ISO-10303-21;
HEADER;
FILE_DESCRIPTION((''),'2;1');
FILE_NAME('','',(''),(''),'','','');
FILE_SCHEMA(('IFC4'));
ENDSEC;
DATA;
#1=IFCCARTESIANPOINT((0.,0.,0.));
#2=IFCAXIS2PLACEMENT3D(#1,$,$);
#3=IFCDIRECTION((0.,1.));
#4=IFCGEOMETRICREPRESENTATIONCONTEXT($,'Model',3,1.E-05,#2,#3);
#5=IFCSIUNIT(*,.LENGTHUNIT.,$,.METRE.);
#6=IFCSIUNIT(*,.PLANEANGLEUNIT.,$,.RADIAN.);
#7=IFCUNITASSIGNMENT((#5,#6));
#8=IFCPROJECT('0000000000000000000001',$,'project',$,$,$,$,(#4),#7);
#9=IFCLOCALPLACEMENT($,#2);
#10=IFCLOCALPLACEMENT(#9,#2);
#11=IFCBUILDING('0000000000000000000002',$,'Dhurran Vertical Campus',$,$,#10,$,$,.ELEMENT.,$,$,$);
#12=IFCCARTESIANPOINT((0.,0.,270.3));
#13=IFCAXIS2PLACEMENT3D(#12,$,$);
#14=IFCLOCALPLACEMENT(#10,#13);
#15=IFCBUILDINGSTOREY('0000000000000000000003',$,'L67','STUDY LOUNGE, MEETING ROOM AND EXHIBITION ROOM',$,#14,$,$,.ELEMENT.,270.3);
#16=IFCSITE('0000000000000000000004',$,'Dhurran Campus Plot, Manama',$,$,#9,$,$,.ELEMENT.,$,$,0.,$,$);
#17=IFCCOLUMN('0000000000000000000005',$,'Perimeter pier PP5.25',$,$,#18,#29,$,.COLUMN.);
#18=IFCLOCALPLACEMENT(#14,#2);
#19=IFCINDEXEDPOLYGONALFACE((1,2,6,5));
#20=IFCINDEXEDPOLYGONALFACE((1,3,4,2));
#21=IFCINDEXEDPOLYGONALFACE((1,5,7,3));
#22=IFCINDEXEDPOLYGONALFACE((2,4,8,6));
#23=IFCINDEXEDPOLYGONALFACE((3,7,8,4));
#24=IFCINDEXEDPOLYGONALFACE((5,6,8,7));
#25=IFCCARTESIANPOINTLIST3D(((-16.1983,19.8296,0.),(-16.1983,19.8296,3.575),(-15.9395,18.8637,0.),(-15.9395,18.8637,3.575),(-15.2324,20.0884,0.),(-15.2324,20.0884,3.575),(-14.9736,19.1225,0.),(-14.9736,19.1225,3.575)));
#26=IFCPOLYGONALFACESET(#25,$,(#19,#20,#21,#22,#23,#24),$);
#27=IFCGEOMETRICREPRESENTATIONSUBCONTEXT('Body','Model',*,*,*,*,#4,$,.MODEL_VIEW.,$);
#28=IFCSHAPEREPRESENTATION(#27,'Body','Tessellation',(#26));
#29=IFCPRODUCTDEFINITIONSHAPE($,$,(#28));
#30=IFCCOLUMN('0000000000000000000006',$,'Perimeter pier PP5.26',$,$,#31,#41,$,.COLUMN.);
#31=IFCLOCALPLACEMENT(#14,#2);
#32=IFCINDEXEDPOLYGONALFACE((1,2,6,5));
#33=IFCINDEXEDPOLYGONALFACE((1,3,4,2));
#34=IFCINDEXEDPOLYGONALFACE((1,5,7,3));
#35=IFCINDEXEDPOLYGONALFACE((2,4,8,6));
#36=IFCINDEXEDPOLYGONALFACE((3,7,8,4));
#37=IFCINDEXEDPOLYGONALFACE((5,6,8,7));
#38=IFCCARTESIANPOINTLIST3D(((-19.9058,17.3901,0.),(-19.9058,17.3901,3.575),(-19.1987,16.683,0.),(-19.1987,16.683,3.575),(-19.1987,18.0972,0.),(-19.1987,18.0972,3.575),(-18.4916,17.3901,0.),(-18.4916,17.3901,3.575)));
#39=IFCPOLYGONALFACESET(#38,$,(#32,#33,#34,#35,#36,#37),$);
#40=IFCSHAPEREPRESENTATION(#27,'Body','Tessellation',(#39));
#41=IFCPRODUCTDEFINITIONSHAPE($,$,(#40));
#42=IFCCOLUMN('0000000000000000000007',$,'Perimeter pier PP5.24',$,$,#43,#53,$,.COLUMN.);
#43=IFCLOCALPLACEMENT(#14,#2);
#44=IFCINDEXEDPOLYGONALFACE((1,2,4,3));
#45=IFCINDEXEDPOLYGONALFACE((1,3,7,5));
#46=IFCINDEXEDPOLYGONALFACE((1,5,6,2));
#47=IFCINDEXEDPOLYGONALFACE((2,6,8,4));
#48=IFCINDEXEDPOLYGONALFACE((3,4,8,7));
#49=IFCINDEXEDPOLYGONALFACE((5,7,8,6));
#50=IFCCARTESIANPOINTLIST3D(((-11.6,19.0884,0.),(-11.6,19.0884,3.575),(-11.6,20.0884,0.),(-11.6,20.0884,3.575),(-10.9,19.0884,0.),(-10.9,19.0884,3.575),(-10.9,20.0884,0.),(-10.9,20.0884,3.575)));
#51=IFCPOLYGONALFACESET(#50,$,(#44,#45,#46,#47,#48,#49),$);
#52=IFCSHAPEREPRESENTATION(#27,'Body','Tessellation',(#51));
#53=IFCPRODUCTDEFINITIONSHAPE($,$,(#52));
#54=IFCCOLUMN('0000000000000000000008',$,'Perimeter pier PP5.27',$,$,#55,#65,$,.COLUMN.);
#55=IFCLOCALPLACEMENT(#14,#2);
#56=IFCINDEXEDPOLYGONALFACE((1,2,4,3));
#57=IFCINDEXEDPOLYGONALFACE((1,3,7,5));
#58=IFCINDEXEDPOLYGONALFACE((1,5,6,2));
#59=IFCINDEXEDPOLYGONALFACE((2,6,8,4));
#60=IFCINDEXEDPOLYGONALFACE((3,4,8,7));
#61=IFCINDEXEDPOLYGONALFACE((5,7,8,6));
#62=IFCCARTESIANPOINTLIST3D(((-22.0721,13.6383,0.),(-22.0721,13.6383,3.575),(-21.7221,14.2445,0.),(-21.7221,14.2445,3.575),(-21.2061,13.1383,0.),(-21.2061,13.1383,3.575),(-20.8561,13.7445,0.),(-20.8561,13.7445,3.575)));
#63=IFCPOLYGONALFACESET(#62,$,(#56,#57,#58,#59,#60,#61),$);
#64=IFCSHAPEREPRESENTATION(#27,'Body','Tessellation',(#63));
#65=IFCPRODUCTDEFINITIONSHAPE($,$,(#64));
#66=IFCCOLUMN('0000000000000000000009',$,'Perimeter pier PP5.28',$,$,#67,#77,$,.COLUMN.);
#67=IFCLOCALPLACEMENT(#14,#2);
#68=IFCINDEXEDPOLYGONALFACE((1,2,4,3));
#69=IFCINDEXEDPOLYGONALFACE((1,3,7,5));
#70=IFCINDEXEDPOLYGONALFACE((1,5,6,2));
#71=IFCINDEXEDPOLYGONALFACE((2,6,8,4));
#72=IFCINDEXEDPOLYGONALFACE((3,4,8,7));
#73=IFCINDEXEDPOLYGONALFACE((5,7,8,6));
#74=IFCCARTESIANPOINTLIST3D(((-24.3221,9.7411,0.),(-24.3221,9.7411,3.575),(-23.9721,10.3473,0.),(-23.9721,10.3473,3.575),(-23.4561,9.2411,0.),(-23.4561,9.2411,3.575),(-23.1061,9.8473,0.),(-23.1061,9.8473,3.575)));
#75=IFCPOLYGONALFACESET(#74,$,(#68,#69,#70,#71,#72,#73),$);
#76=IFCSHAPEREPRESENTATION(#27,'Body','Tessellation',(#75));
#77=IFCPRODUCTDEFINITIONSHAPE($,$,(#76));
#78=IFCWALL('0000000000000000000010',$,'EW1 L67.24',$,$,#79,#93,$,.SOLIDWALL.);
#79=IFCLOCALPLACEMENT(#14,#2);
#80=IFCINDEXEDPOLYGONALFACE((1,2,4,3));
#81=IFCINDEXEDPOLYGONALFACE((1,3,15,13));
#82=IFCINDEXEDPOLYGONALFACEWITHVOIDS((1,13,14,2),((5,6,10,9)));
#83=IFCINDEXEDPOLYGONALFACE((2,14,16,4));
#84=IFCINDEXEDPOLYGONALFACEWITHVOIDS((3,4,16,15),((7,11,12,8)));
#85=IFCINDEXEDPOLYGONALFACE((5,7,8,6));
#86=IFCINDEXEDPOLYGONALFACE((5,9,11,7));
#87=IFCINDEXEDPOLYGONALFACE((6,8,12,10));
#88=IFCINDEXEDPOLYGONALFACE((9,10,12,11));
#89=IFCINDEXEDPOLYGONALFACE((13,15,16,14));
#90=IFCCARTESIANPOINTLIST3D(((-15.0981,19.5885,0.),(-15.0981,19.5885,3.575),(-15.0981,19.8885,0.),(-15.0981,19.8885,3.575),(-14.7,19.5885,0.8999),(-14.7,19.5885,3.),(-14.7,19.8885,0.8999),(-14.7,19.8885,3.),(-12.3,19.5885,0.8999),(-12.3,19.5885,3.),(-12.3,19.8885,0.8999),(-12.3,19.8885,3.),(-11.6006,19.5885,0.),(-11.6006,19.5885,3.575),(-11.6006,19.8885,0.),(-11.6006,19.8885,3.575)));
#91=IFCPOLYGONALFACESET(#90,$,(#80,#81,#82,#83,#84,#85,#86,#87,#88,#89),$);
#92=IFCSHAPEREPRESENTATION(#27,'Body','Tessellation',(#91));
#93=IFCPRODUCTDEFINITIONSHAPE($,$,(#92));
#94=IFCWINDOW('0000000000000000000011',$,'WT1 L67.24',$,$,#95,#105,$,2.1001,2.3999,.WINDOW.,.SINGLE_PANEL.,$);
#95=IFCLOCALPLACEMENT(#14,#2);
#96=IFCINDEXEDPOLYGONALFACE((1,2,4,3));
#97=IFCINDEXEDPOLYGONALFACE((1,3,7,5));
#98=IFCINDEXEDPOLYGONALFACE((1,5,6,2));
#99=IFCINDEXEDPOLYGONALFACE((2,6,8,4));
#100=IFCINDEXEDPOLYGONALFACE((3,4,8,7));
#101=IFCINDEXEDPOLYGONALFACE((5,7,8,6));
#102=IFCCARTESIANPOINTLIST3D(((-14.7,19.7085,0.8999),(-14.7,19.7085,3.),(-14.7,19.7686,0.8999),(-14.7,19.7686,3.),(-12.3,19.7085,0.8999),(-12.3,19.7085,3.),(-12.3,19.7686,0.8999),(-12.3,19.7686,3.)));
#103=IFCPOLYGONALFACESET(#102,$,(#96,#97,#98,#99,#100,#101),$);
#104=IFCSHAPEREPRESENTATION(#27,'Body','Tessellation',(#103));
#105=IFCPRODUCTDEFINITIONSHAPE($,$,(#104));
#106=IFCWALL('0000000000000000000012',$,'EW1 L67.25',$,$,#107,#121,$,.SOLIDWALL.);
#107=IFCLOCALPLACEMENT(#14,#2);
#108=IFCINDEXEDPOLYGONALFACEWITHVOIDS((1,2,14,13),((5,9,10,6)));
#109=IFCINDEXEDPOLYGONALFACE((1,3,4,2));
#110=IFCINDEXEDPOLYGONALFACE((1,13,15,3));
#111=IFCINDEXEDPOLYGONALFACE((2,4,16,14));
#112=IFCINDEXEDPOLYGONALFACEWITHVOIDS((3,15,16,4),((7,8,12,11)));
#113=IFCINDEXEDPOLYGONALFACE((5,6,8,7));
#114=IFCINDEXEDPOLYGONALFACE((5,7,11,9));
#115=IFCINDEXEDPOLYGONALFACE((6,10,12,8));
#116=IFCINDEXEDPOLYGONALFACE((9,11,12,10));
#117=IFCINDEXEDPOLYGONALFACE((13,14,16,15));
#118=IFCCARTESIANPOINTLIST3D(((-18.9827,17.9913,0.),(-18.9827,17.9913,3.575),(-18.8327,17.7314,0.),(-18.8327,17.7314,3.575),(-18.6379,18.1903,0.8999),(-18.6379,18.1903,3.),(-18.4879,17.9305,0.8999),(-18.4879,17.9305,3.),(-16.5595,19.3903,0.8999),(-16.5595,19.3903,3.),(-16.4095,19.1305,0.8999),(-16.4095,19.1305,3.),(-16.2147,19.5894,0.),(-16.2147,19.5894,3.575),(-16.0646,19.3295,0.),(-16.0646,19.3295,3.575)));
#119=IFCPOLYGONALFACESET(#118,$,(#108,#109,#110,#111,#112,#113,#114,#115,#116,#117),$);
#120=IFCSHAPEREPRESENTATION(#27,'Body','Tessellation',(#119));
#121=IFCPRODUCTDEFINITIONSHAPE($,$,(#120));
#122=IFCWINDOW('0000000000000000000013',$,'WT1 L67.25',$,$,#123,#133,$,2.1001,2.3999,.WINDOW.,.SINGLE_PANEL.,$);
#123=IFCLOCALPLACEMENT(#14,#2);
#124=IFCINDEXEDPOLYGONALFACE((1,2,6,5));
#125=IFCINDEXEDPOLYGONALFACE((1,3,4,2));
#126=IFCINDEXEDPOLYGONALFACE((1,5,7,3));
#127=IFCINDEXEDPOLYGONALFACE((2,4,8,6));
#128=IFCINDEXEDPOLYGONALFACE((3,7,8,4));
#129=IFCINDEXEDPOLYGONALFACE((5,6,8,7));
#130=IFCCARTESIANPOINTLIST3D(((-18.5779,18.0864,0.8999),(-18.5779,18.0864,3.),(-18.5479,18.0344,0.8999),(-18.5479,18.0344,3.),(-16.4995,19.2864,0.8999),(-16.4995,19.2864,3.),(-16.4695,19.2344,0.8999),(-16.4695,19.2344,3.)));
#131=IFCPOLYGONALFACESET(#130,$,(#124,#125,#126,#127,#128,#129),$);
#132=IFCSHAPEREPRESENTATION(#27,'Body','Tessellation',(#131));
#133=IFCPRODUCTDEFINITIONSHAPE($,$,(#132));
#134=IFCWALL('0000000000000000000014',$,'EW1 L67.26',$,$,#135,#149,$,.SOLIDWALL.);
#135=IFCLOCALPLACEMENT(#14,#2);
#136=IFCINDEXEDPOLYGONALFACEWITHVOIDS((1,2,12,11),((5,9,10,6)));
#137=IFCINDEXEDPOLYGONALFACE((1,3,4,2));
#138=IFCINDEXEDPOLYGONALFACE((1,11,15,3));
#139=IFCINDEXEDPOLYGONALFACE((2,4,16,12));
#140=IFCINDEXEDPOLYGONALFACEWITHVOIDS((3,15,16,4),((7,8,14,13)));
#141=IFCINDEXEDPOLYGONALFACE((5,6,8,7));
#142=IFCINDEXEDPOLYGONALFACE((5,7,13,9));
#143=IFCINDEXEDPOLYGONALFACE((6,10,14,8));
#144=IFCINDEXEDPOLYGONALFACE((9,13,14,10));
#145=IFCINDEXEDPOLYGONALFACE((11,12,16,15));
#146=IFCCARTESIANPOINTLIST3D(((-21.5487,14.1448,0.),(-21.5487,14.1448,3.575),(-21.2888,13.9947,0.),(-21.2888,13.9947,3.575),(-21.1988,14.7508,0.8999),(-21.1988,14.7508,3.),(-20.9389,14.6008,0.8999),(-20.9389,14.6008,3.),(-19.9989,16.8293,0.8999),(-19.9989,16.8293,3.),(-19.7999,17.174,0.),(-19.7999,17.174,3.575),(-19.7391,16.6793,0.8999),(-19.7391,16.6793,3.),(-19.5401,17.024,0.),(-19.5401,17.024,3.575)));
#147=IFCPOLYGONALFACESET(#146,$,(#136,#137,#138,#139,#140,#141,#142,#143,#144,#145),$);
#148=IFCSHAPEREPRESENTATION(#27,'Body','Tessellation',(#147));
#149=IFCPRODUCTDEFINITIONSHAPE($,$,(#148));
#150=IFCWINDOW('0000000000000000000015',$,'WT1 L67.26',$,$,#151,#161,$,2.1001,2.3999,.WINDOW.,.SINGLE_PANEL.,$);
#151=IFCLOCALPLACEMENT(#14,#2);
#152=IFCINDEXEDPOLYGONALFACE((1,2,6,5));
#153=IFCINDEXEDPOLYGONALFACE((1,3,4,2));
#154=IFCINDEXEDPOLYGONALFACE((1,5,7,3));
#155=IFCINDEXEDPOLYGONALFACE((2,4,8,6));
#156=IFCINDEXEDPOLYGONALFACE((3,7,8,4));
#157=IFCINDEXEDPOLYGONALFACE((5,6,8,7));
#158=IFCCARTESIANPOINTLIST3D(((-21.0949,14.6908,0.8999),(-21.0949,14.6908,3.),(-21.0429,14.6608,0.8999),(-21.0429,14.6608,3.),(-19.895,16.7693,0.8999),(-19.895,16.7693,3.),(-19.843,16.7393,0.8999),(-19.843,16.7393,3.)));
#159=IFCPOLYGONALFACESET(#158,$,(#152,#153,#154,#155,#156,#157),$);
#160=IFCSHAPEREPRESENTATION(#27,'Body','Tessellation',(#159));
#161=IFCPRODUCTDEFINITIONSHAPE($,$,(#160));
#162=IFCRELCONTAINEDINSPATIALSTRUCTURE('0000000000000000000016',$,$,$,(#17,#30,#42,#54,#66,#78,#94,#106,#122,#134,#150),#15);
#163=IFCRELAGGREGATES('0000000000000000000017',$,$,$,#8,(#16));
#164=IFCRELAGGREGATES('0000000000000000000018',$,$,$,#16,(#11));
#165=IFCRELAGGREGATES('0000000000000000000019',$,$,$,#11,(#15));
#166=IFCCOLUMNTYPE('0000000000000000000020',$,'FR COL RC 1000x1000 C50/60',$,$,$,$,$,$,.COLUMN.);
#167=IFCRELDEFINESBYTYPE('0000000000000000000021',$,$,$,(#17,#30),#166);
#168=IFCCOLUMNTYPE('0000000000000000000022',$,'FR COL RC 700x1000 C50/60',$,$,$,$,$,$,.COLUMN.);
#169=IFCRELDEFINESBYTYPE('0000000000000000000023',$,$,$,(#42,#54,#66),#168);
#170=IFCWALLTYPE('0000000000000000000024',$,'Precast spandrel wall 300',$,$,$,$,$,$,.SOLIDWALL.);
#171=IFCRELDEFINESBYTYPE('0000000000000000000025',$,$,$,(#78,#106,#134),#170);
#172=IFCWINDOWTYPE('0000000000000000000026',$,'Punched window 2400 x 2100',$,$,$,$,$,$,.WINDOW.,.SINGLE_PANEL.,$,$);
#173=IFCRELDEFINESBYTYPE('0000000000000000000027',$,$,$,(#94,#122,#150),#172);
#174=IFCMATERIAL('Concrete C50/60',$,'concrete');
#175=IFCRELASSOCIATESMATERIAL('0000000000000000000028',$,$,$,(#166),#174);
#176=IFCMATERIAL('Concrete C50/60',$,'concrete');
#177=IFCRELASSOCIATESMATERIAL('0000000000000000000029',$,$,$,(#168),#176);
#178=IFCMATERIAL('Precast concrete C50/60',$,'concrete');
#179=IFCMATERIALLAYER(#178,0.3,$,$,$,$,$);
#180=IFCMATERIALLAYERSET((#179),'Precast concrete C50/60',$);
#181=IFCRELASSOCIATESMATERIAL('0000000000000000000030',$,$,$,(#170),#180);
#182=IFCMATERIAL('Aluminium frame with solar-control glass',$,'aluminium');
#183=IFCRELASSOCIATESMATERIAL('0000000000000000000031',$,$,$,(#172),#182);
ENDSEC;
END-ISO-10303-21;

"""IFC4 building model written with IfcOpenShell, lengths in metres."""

from ifc_helpers import new_model, si_unit, direction, frame, frame_2d, origin, origin_2d, place, context, subcontext, project, spatial, rectangle, extrude, material, layer, layer_set, material_profile, profile_set, type_object, element, fill, save


model = new_model("IFC4")

# Units and contexts
model_context = context("Model", 3, precision=1e-05, world=origin(), true_north=direction((0.0, 1.0)))
body_context = subcontext(model_context, "Body", "Model", "MODEL_VIEW")
ifc_project = project(units=[si_unit("LENGTHUNIT", "METRE"), si_unit("PLANEANGLEUNIT", "RADIAN")], contexts=[model_context])

# Site, building, storey
site_placement = place(None, origin())
site = spatial("IfcSite", under=ifc_project, at=site_placement, Name="Dhurran Campus Plot, Manama", CompositionType="ELEMENT", RefElevation=0.0)
building_placement = place(site_placement, origin())
building = spatial("IfcBuilding", under=site, at=building_placement, Name="Dhurran Vertical Campus", CompositionType="ELEMENT")
storey_placement = place(building_placement, frame((0.0, 0.0, 270.3)))
storey = spatial("IfcBuildingStorey", under=building, at=storey_placement, Name="L67", Description="STUDY LOUNGE, MEETING ROOM AND EXHIBITION ROOM", CompositionType="ELEMENT", Elevation=270.3)

# Columns
ifc_material_1 = material(Name="Concrete C50/60", Category="concrete")
ifc_material_profile_1 = material_profile(ifc_material_1, rectangle(XDim=1.0, YDim=1.0, at=origin_2d()), Name="RC 1000x1000")
ifc_profile_set_1 = profile_set([ifc_material_profile_1], Name="Concrete C50/60")
column_type_1 = type_object("IfcColumnType", Name="FR COL RC 1000x1000 C50/60", PredefinedType="COLUMN", material=ifc_profile_set_1)
for number, where, z_axis, x_axis, name in (
    (1, (-15.5859, 19.4761, 0.0), (0.0, 0.0, 1.0), (-0.965926, -0.258819, 0.0), "Perimeter pier PP5.25"),
    (2, (-19.1987, 17.3901, 0.0), (0.0, 0.0, 1.0), (-0.707107, -0.707107, 0.0), "Perimeter pier PP5.26"),
):
    element("IfcColumn", number, at=place(storey_placement, frame(where, z_axis=z_axis, x_axis=x_axis)), inside=storey, type_object=column_type_1, Name=name, PredefinedType="COLUMN", context=body_context, shape_type="SweptSolid", body=[
        extrude(rectangle(XDim=1.0, YDim=1.0, at=origin_2d()), origin(), (0.0, 0.0, 1.0), 3.575),
    ])
ifc_material_2 = material(Name="Concrete C50/60", Category="concrete")
ifc_material_profile_2 = material_profile(ifc_material_2, rectangle(XDim=0.7, YDim=1.0, at=origin_2d()), Name="RC 700x1000")
ifc_profile_set_2 = profile_set([ifc_material_profile_2], Name="Concrete C50/60")
column_type_2 = type_object("IfcColumnType", Name="FR COL RC 700x1000 C50/60", PredefinedType="COLUMN", material=ifc_profile_set_2)
for number, where, z_axis, x_axis, name in (
    (3, (-11.25, 19.5884, 0.0), (0.0, 0.0, 1.0), (-1.0, 0.0, 0.0), "Perimeter pier PP5.24"),
    (4, (-21.4641, 13.6914, 0.0), (0.0, 0.0, 1.0), (-0.5, -0.866025, 0.0), "Perimeter pier PP5.27"),
    (5, (-23.7141, 9.7942, 0.0), (0.0, 0.0, 1.0), (-0.5, -0.866025, 0.0), "Perimeter pier PP5.28"),
):
    element("IfcColumn", number, at=place(storey_placement, frame(where, z_axis=z_axis, x_axis=x_axis)), inside=storey, type_object=column_type_2, Name=name, PredefinedType="COLUMN", context=body_context, shape_type="SweptSolid", body=[
        extrude(rectangle(XDim=0.7, YDim=1.0, at=origin_2d()), origin(), (0.0, 0.0, 1.0), 3.575),
    ])

# Walls, openings, windows
ifc_material_3 = material(Name="Precast concrete C50/60", Category="concrete")
ifc_layer_1 = layer(ifc_material_3, 0.3)
ifc_layer_set_1 = layer_set([ifc_layer_1], Name="Precast concrete C50/60")
wall_type_1 = type_object("IfcWallType", Name="Precast spandrel wall 300", PredefinedType="SOLIDWALL", material=ifc_layer_set_1)
wall_1_placement = place(storey_placement, frame((-11.6006, 19.7385, 0.0), z_axis=(0.0, 0.0, 1.0), x_axis=(-1.0, 0.0, 0.0)))
wall_1 = element("IfcWall", 6, at=wall_1_placement, inside=storey, type_object=wall_type_1, Name="EW1 L67.24", PredefinedType="SOLIDWALL", context=body_context, shape_type="SweptSolid", body=[
    extrude(rectangle(XDim=3.4976, YDim=0.3, at=frame_2d((1.7488, 0.0))), origin(), (0.0, 0.0, 1.0), 3.575),
])
opening_1_placement = place(wall_1_placement, frame((0.6995, 0.0, 0.8999)))
opening_1 = element("IfcOpeningElement", 7, at=opening_1_placement, cuts=wall_1, PredefinedType="OPENING", context=body_context, shape_type="SweptSolid", body=[
    extrude(rectangle(XDim=2.3999, YDim=2.1001, at=frame_2d((1.2, 1.05))), frame((0.0, 0.1599, 0.0), z_axis=(0.0, -1.0, 0.0), x_axis=(1.0, 0.0, 0.0)), (0.0, 0.0, 1.0), 0.3201),
])
ifc_material_4 = material(Name="Aluminium frame with solar-control glass", Category="aluminium")
window_type = type_object("IfcWindowType", Name="Punched window 2400 x 2100", PartitioningType="SINGLE_PANEL", PredefinedType="WINDOW", material=ifc_material_4)
window_1_placement = place(opening_1_placement, origin())
window_1 = element("IfcWindow", 8, at=window_1_placement, inside=storey, type_object=window_type, Name="WT1 L67.24", OverallHeight=2.1001, OverallWidth=2.3999, PartitioningType="SINGLE_PANEL", PredefinedType="WINDOW", context=body_context, shape_type="SweptSolid", body=[
    extrude(rectangle(XDim=2.3999, YDim=2.1001, at=frame_2d((1.2, 1.05))), frame((0.0, 0.03, 0.0), z_axis=(0.0, -1.0, 0.0), x_axis=(1.0, 0.0, 0.0)), (0.0, 0.0, 1.0), 0.0601),
])
fill(opening_1, window_1)
wall_2_placement = place(storey_placement, frame((-16.1396, 19.4595, 0.0), z_axis=(0.0, 0.0, 1.0), x_axis=(-0.866025, -0.5, 0.0)))
wall_2 = element("IfcWall", 9, at=wall_2_placement, inside=storey, type_object=wall_type_1, Name="EW1 L67.25", PredefinedType="SOLIDWALL", context=body_context, shape_type="SweptSolid", body=[
    extrude(rectangle(XDim=3.1963, YDim=0.3, at=frame_2d((1.5981, 0.0))), origin(), (0.0, 0.0, 1.0), 3.575),
])
opening_2_placement = place(wall_2_placement, frame((0.3982, 0.0, 0.8999)))
opening_2 = element("IfcOpeningElement", 10, at=opening_2_placement, cuts=wall_2, PredefinedType="OPENING", context=body_context, shape_type="SweptSolid", body=[
    extrude(rectangle(XDim=2.3999, YDim=2.1001, at=frame_2d((1.2, 1.05))), frame((0.0, 0.1599, 0.0), z_axis=(0.0, -1.0, 0.0), x_axis=(1.0, 0.0, 0.0)), (0.0, 0.0, 1.0), 0.3201),
])
window_2_placement = place(opening_2_placement, origin())
window_2 = element("IfcWindow", 11, at=window_2_placement, inside=storey, type_object=window_type, Name="WT1 L67.25", OverallHeight=2.1001, OverallWidth=2.3999, PartitioningType="SINGLE_PANEL", PredefinedType="WINDOW", context=body_context, shape_type="SweptSolid", body=[
    extrude(rectangle(XDim=2.3999, YDim=2.1001, at=frame_2d((1.2, 1.05))), frame((0.0, 0.03, 0.0), z_axis=(0.0, -1.0, 0.0), x_axis=(1.0, 0.0, 0.0)), (0.0, 0.0, 1.0), 0.0601),
])
fill(opening_2, window_2)
wall_3_placement = place(storey_placement, frame((-19.6699, 17.0991, 0.0), z_axis=(0.0, 0.0, 1.0), x_axis=(-0.49996, -0.866048, 0.0)))
wall_3 = element("IfcWall", 12, at=wall_3_placement, inside=storey, type_object=wall_type_1, Name="EW1 L67.26", PredefinedType="SOLIDWALL", context=body_context, shape_type="SweptSolid", body=[
    extrude(rectangle(XDim=3.4978, YDim=0.3, at=frame_2d((1.749, 0.0))), origin(), (0.0, 0.0, 1.0), 3.575),
])
opening_3_placement = place(wall_3_placement, frame((0.3982, 0.0, 0.8999)))
opening_3 = element("IfcOpeningElement", 13, at=opening_3_placement, cuts=wall_3, PredefinedType="OPENING", context=body_context, shape_type="SweptSolid", body=[
    extrude(rectangle(XDim=2.3999, YDim=2.1001, at=frame_2d((1.2, 1.05))), frame((0.0, 0.1599, 0.0), z_axis=(0.0, -1.0, 0.0), x_axis=(1.0, 0.0, 0.0)), (0.0, 0.0, 1.0), 0.3201),
])
window_3_placement = place(opening_3_placement, origin())
window_3 = element("IfcWindow", 14, at=window_3_placement, inside=storey, type_object=window_type, Name="WT1 L67.26", OverallHeight=2.1001, OverallWidth=2.3999, PartitioningType="SINGLE_PANEL", PredefinedType="WINDOW", context=body_context, shape_type="SweptSolid", body=[
    extrude(rectangle(XDim=2.3999, YDim=2.1001, at=frame_2d((1.2, 1.05))), frame((0.0, 0.03, 0.0), z_axis=(0.0, -1.0, 0.0), x_axis=(1.0, 0.0, 0.0)), (0.0, 0.0, 1.0), 0.0601),
])
fill(opening_3, window_3)

save(model, "model.ifc")
